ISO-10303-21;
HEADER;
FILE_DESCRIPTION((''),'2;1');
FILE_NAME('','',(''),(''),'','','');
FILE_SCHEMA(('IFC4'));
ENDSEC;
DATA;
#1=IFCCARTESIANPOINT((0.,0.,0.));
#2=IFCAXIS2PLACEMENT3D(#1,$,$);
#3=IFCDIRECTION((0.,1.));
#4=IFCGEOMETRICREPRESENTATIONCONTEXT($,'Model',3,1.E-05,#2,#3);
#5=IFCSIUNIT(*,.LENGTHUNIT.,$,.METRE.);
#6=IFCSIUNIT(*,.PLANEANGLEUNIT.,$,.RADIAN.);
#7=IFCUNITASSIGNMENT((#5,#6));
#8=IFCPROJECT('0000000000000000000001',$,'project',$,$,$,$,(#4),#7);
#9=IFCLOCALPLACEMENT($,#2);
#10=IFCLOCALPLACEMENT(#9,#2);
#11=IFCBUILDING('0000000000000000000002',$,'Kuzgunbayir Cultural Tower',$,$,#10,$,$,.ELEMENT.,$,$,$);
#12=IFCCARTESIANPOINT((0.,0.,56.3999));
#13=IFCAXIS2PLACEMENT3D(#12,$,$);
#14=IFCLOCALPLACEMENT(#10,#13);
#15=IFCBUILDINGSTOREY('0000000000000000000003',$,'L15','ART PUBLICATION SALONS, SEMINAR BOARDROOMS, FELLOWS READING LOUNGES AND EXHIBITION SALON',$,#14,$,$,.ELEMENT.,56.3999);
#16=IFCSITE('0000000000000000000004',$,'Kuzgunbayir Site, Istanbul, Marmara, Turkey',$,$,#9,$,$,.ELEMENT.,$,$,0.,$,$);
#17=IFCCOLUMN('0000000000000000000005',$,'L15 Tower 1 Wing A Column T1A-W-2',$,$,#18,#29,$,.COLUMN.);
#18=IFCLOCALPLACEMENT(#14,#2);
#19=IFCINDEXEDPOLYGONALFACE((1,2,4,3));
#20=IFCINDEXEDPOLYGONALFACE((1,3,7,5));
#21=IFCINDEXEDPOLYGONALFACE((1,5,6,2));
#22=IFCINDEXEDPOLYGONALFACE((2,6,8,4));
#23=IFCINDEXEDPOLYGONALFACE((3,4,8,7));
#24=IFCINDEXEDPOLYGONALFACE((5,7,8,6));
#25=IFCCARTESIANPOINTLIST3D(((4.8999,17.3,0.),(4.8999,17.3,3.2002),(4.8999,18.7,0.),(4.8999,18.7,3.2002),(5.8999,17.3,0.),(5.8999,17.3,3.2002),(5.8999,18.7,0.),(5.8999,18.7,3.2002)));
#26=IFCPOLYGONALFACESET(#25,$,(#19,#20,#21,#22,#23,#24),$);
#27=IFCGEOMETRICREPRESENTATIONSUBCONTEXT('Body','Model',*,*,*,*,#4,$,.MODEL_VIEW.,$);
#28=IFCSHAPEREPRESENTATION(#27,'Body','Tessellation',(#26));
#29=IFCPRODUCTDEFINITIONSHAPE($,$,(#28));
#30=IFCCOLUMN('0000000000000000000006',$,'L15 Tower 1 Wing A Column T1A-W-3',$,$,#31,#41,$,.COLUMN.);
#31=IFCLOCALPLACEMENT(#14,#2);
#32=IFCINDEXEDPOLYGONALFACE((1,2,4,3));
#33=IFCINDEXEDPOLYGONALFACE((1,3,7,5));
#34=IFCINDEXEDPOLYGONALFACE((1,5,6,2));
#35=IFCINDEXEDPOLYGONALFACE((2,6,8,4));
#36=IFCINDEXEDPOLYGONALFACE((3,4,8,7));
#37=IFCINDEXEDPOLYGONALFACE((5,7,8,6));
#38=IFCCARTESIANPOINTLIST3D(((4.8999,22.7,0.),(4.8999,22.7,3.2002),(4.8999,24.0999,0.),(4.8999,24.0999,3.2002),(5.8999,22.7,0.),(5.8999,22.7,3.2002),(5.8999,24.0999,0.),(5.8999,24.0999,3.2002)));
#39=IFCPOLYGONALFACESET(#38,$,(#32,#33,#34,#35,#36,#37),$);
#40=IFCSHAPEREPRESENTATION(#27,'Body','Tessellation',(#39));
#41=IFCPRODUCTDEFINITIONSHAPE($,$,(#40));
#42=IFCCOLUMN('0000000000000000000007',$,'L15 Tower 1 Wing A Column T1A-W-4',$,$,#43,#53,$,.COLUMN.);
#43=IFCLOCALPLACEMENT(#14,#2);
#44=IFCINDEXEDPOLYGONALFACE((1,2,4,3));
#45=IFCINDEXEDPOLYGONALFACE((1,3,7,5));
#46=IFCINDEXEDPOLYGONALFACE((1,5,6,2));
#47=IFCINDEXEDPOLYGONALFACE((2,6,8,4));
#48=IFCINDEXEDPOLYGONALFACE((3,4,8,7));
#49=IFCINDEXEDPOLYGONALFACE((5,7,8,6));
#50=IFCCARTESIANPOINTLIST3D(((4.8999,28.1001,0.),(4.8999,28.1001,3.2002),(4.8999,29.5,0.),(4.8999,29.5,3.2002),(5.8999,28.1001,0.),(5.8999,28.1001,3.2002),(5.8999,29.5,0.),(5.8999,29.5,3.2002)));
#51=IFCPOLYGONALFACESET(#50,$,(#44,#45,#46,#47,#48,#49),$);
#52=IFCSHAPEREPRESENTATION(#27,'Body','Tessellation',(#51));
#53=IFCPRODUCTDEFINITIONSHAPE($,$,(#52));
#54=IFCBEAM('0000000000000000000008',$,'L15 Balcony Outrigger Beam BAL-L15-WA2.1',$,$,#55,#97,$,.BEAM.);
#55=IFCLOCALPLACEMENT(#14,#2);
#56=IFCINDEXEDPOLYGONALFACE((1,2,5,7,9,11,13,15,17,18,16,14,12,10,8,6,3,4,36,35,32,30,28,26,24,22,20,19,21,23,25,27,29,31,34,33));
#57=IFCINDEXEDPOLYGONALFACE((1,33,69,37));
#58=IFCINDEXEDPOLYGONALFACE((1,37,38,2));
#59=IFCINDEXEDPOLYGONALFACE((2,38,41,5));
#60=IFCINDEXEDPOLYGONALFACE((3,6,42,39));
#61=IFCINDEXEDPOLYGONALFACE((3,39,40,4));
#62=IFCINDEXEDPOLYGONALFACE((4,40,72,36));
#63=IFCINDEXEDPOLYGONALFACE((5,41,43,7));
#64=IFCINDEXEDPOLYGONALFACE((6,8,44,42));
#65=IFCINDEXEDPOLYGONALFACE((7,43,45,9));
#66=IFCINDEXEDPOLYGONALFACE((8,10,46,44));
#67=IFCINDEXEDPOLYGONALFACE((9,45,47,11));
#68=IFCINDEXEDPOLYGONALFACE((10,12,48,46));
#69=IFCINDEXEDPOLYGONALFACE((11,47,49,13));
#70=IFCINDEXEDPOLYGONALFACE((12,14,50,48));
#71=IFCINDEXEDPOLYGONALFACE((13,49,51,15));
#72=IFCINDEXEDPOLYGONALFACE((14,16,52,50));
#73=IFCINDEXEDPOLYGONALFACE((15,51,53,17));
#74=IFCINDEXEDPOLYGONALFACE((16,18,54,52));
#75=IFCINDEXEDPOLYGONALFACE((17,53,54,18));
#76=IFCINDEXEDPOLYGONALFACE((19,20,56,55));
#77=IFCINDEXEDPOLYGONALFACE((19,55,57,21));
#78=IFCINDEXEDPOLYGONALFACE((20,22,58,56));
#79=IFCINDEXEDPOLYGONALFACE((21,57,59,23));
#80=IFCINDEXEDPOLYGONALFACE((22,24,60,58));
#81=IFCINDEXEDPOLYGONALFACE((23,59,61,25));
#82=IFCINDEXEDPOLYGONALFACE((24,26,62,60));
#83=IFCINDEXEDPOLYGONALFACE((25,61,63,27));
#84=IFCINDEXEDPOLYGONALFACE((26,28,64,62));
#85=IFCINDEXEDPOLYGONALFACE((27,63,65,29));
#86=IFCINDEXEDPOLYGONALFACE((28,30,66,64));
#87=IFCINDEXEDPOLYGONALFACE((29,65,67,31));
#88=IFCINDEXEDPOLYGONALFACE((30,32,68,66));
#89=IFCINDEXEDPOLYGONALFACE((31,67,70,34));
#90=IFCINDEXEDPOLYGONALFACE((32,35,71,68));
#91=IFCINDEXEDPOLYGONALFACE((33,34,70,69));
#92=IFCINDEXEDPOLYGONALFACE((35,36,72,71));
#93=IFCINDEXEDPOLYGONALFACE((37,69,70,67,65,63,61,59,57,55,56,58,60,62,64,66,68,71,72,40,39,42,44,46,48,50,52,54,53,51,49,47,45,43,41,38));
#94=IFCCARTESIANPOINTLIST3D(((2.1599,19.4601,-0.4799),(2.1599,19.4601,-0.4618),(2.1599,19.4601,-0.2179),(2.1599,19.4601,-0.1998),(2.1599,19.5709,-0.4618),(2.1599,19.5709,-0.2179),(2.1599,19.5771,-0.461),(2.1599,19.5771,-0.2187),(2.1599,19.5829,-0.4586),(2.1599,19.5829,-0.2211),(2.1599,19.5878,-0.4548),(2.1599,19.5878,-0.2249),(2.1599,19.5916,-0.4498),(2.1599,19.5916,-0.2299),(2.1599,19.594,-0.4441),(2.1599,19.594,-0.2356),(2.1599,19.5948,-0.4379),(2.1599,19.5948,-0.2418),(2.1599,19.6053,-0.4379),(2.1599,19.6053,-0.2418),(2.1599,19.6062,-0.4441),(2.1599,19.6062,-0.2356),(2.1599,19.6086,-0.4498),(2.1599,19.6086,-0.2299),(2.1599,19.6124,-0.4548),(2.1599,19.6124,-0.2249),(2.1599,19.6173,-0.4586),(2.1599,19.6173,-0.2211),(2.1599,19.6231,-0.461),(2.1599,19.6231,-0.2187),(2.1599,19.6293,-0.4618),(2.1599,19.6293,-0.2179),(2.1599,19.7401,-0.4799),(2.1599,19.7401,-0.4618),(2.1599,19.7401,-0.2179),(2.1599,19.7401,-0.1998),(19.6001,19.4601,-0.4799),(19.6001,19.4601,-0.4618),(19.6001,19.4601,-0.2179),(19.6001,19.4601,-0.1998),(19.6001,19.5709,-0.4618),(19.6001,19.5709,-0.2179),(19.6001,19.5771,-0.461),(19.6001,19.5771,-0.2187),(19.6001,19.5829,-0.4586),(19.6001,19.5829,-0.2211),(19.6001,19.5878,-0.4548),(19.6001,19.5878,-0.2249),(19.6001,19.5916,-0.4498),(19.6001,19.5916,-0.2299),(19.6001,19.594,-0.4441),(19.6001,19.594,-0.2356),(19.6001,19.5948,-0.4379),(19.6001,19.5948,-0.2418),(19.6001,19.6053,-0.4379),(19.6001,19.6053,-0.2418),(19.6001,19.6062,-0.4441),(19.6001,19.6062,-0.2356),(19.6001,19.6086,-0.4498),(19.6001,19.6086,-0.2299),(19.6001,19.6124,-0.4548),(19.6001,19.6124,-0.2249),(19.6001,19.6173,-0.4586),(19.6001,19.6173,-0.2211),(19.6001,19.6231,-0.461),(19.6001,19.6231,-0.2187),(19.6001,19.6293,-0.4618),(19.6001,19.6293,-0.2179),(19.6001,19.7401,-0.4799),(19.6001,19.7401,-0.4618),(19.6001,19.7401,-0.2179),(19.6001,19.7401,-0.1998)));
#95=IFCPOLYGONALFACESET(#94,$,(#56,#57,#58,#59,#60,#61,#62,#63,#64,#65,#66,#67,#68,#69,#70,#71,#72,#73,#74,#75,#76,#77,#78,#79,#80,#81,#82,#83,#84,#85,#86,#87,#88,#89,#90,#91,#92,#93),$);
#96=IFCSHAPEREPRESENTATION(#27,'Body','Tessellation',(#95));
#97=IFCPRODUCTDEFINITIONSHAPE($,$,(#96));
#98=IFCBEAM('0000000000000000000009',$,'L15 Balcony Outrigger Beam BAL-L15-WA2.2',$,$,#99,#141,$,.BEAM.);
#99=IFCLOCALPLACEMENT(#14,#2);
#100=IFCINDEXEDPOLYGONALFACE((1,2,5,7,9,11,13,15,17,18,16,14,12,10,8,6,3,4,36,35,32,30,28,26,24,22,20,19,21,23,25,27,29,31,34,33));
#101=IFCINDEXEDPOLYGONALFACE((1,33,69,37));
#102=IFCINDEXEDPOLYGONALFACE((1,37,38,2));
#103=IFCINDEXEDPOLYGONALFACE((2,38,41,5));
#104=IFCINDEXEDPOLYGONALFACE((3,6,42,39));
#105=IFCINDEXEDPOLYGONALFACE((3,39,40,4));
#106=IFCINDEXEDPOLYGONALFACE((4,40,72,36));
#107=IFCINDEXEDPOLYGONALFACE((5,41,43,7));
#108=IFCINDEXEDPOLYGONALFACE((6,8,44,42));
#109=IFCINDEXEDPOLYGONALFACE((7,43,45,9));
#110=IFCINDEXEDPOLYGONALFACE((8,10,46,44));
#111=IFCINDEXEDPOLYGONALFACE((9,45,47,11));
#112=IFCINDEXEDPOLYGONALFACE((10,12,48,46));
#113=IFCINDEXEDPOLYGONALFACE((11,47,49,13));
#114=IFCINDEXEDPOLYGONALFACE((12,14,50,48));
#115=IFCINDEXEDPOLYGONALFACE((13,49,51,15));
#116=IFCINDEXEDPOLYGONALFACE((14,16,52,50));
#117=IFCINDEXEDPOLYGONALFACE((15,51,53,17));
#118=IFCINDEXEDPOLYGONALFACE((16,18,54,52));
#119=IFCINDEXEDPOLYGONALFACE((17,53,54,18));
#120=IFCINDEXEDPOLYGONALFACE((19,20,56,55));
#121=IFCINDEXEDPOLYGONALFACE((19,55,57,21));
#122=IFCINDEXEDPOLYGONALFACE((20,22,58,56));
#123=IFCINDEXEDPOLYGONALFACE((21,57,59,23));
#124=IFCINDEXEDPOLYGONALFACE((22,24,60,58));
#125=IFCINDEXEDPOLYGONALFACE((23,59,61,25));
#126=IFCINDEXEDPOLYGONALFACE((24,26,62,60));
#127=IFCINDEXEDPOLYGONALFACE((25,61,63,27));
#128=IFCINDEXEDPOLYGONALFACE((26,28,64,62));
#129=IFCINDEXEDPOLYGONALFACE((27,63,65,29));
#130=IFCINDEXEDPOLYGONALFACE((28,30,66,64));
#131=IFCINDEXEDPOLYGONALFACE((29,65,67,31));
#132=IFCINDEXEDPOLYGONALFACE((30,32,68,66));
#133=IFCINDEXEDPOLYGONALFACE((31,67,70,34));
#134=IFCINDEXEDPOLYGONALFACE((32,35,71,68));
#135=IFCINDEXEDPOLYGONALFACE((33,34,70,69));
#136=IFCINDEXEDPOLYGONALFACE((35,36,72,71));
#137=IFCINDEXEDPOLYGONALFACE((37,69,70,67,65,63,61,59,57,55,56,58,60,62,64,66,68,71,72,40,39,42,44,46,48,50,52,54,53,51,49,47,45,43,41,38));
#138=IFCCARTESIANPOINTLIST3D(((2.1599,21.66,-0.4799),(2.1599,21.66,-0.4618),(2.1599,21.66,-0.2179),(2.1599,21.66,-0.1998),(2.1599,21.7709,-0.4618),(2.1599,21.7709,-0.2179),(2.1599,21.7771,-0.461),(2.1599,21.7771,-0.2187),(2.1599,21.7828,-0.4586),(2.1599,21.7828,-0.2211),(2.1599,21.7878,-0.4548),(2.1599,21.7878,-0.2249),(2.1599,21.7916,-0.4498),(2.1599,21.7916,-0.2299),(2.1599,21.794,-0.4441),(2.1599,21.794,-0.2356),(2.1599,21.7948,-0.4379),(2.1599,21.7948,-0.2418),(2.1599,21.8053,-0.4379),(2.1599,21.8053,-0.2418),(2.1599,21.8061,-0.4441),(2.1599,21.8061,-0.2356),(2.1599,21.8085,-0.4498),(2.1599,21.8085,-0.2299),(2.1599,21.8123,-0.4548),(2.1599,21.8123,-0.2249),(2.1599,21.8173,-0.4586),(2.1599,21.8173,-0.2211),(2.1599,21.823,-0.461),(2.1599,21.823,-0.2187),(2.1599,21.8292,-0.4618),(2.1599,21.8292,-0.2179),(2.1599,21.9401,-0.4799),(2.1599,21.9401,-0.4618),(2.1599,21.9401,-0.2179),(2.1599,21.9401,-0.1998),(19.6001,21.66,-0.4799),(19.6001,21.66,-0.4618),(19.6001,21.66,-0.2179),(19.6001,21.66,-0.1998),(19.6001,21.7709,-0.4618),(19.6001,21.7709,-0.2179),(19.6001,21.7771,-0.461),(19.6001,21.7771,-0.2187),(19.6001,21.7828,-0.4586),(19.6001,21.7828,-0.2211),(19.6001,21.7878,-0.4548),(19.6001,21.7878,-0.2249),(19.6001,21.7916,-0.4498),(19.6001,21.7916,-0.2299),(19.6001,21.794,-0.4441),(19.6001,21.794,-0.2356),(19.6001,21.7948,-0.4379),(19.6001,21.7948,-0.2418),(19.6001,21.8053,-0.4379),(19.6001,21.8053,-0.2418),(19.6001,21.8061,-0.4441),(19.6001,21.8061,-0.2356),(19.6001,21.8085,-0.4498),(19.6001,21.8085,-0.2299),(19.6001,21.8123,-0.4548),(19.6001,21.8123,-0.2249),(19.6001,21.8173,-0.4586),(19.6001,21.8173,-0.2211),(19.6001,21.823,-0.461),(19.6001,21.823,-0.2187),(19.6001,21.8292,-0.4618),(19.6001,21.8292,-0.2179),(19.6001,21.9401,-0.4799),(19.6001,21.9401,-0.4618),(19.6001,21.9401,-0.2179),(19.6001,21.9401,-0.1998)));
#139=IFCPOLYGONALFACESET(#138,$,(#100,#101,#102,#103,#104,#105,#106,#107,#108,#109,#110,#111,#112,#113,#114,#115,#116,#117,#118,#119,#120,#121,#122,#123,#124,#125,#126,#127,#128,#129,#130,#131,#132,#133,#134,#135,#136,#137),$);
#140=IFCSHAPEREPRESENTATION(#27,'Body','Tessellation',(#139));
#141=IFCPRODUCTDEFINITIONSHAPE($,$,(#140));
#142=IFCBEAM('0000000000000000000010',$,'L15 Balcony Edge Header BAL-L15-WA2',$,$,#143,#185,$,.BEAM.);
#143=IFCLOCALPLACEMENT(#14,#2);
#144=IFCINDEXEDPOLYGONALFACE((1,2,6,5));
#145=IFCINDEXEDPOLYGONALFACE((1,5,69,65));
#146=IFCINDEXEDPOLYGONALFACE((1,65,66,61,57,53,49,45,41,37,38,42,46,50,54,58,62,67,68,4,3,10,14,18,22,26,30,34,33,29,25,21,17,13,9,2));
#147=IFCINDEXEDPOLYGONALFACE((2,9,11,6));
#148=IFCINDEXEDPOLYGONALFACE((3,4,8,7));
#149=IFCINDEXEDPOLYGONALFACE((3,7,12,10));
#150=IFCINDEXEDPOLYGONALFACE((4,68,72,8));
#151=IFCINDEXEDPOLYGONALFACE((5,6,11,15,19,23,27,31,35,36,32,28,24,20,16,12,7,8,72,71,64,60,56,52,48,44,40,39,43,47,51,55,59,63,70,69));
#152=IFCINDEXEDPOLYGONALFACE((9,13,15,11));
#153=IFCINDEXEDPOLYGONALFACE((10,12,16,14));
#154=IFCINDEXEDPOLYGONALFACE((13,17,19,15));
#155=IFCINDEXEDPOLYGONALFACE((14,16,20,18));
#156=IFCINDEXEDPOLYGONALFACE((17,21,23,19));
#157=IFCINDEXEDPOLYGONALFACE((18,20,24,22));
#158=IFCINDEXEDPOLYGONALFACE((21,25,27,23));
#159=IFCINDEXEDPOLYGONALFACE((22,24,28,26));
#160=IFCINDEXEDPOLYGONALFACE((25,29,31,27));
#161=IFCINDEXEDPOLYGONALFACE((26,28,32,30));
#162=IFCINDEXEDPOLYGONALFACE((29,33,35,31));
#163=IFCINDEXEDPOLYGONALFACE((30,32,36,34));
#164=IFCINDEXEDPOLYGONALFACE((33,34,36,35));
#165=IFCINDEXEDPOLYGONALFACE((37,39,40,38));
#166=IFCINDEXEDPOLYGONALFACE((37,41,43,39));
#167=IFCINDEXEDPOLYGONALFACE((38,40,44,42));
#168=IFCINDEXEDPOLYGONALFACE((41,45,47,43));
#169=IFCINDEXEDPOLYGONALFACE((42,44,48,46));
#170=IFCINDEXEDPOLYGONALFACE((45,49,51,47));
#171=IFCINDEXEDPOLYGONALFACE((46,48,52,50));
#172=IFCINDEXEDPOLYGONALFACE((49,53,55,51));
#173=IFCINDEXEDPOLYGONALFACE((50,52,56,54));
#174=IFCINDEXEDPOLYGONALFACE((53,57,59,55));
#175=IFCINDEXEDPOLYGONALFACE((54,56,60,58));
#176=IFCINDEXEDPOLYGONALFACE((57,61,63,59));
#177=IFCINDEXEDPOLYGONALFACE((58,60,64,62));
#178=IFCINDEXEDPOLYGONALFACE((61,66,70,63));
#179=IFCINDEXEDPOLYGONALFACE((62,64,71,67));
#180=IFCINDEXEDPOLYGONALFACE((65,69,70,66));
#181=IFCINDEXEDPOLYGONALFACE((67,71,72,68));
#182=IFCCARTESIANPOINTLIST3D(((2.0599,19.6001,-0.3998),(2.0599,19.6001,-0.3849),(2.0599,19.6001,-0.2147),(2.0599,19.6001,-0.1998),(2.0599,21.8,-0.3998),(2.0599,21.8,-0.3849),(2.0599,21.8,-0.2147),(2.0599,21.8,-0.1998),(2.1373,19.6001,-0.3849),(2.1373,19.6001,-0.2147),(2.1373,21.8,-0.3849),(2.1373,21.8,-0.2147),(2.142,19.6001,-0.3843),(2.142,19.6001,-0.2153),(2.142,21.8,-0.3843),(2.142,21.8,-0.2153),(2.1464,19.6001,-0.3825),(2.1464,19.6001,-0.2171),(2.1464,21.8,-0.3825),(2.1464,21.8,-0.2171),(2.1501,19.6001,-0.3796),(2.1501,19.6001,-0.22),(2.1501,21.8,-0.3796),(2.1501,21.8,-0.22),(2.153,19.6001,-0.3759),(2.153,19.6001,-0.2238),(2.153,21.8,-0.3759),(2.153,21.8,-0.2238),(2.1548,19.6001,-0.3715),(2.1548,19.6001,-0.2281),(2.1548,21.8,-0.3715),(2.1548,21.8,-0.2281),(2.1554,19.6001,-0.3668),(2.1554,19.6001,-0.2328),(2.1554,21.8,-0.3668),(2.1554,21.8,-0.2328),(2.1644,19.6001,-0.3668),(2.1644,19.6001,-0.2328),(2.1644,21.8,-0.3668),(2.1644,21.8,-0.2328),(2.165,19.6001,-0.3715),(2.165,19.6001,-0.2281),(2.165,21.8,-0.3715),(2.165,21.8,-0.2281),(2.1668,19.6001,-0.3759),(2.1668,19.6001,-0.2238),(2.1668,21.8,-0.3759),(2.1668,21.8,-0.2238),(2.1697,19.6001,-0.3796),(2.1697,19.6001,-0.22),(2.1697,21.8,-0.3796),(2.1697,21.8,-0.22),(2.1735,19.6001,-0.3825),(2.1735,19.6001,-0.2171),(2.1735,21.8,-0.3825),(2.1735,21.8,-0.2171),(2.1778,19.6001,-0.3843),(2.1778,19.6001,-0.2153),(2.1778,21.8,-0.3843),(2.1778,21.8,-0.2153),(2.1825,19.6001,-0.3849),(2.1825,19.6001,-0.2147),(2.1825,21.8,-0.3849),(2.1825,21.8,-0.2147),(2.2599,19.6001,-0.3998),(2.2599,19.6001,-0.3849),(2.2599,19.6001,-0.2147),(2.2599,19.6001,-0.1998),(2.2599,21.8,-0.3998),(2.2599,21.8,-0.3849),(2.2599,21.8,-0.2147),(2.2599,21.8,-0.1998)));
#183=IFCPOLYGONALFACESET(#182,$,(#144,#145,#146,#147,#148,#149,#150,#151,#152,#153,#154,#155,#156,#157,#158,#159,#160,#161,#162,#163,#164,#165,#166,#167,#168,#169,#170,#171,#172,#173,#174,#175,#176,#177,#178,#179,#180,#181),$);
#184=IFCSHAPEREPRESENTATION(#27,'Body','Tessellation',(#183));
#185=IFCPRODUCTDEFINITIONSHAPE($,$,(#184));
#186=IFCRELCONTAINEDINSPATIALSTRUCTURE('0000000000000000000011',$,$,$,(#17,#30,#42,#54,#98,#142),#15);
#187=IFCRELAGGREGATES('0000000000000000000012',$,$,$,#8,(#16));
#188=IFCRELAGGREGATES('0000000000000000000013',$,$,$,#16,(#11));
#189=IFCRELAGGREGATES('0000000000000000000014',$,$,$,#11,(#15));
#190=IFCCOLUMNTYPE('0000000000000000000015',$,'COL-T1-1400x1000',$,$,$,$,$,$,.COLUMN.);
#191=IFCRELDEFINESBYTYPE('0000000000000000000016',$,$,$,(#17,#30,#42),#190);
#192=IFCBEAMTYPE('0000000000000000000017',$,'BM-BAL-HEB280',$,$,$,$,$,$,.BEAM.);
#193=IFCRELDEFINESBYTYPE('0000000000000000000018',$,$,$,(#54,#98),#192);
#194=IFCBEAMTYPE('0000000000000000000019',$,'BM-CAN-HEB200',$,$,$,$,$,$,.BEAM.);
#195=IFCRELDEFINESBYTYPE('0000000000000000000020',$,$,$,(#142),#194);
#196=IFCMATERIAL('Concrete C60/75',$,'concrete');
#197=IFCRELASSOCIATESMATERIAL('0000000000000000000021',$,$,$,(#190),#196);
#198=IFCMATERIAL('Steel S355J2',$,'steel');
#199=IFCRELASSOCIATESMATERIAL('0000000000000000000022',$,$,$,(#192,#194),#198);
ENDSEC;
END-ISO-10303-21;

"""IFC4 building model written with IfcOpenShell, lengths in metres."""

from ifc_helpers import new_model, si_unit, direction, frame, origin, origin_2d, place, context, subcontext, project, spatial, rectangle, i_section, extrude, material, material_profile, profile_set, type_object, element, save


model = new_model("IFC4")

# Units and contexts
model_context = context("Model", 3, precision=1e-05, world=origin(), true_north=direction((0.0, 1.0)))
body_context = subcontext(model_context, "Body", "Model", "MODEL_VIEW")
ifc_project = project(units=[si_unit("LENGTHUNIT", "METRE"), si_unit("PLANEANGLEUNIT", "RADIAN")], contexts=[model_context])

# Site, building, storey
site_placement = place(None, origin())
site = spatial("IfcSite", under=ifc_project, at=site_placement, Name="Kuzgunbayir Site, Istanbul, Marmara, Turkey", CompositionType="ELEMENT", RefElevation=0.0)
building_placement = place(site_placement, origin())
building = spatial("IfcBuilding", under=site, at=building_placement, Name="Kuzgunbayir Cultural Tower", CompositionType="ELEMENT")
storey_placement = place(building_placement, frame((0.0, 0.0, 56.3999)))
storey = spatial("IfcBuildingStorey", under=building, at=storey_placement, Name="L15", Description="ART PUBLICATION SALONS, SEMINAR BOARDROOMS, FELLOWS READING LOUNGES AND EXHIBITION SALON", CompositionType="ELEMENT", Elevation=56.3999)

# Columns
ifc_material_1 = material(Name="Concrete C60/75", Category="concrete")
ifc_material_profile_1 = material_profile(ifc_material_1, rectangle(XDim=1.0, YDim=1.3999, at=origin_2d()), Name="RC 1400x1000")
ifc_profile_set_1 = profile_set([ifc_material_profile_1], Name="Concrete C60/75")
column_type = type_object("IfcColumnType", Name="COL-T1-1400x1000", PredefinedType="COLUMN", material=ifc_profile_set_1)
for number, where, z_axis, x_axis, name in (
    (1, (5.3999, 18.0, 0.0), (0.0, 0.0, 1.0), (1.0, 0.0, 0.0), "L15 Tower 1 Wing A Column T1A-W-2"),
    (2, (5.3999, 23.3999, 0.0), (0.0, 0.0, 1.0), (1.0, 0.0, 0.0), "L15 Tower 1 Wing A Column T1A-W-3"),
    (3, (5.3999, 28.8, 0.0), (0.0, 0.0, 1.0), (1.0, 0.0, 0.0), "L15 Tower 1 Wing A Column T1A-W-4"),
):
    element("IfcColumn", number, at=place(storey_placement, frame(where, z_axis=z_axis, x_axis=x_axis)), inside=storey, type_object=column_type, Name=name, PredefinedType="COLUMN", context=body_context, shape_type="SweptSolid", body=[
        extrude(rectangle(XDim=1.0, YDim=1.3999, at=origin_2d()), origin(), (0.0, 0.0, 1.0), 3.2002),
    ])

# Beams
ifc_material_2 = material(Name="Steel S355J2", Category="steel")
ifc_material_profile_2 = material_profile(ifc_material_2, i_section(OverallWidth=0.28, OverallDepth=0.28, WebThickness=0.0105, FlangeThickness=0.0181, FilletRadius=0.0239, at=origin_2d()), Name="HEB 280")
ifc_profile_set_2 = profile_set([ifc_material_profile_2], Name="Steel S355J2")
beam_type_1 = type_object("IfcBeamType", Name="BM-BAL-HEB280", PredefinedType="BEAM", material=ifc_profile_set_2)
for number, where, z_axis, x_axis, name in (
    (4, (2.1599, 19.6001, -0.3398), (1.0, 0.0, 0.0), (0.0, 1.0, 0.0), "L15 Balcony Outrigger Beam BAL-L15-WA2.1"),
    (5, (2.1599, 21.8, -0.3398), (1.0, 0.0, 0.0), (0.0, 1.0, 0.0), "L15 Balcony Outrigger Beam BAL-L15-WA2.2"),
):
    element("IfcBeam", number, at=place(storey_placement, frame(where, z_axis=z_axis, x_axis=x_axis)), inside=storey, type_object=beam_type_1, Name=name, PredefinedType="BEAM", context=body_context, shape_type="SweptSolid", body=[
        extrude(i_section(OverallWidth=0.28, OverallDepth=0.28, WebThickness=0.0105, FlangeThickness=0.0181, FilletRadius=0.0239, at=origin_2d()), origin(), (0.0, 0.0, 1.0), 17.4402),
    ])
ifc_material_profile_3 = material_profile(ifc_material_2, i_section(OverallWidth=0.2, OverallDepth=0.2, WebThickness=0.009, FlangeThickness=0.0149, FilletRadius=0.0181, at=origin_2d()), Name="HEB 200")
ifc_profile_set_3 = profile_set([ifc_material_profile_3], Name="Steel S355J2")
beam_type_2 = type_object("IfcBeamType", Name="BM-CAN-HEB200", PredefinedType="BEAM", material=ifc_profile_set_3)
beam_1_placement = place(storey_placement, frame((2.1599, 19.6001, -0.2998), z_axis=(0.0, 1.0, 0.0), x_axis=(-1.0, 0.0, 0.0)))
element("IfcBeam", 6, at=beam_1_placement, inside=storey, type_object=beam_type_2, Name="L15 Balcony Edge Header BAL-L15-WA2", PredefinedType="BEAM", context=body_context, shape_type="SweptSolid", body=[
    extrude(i_section(OverallWidth=0.2, OverallDepth=0.2, WebThickness=0.009, FlangeThickness=0.0149, FilletRadius=0.0181, at=origin_2d()), origin(), (0.0, 0.0, 1.0), 2.2),
])

save(model, "model.ifc")
